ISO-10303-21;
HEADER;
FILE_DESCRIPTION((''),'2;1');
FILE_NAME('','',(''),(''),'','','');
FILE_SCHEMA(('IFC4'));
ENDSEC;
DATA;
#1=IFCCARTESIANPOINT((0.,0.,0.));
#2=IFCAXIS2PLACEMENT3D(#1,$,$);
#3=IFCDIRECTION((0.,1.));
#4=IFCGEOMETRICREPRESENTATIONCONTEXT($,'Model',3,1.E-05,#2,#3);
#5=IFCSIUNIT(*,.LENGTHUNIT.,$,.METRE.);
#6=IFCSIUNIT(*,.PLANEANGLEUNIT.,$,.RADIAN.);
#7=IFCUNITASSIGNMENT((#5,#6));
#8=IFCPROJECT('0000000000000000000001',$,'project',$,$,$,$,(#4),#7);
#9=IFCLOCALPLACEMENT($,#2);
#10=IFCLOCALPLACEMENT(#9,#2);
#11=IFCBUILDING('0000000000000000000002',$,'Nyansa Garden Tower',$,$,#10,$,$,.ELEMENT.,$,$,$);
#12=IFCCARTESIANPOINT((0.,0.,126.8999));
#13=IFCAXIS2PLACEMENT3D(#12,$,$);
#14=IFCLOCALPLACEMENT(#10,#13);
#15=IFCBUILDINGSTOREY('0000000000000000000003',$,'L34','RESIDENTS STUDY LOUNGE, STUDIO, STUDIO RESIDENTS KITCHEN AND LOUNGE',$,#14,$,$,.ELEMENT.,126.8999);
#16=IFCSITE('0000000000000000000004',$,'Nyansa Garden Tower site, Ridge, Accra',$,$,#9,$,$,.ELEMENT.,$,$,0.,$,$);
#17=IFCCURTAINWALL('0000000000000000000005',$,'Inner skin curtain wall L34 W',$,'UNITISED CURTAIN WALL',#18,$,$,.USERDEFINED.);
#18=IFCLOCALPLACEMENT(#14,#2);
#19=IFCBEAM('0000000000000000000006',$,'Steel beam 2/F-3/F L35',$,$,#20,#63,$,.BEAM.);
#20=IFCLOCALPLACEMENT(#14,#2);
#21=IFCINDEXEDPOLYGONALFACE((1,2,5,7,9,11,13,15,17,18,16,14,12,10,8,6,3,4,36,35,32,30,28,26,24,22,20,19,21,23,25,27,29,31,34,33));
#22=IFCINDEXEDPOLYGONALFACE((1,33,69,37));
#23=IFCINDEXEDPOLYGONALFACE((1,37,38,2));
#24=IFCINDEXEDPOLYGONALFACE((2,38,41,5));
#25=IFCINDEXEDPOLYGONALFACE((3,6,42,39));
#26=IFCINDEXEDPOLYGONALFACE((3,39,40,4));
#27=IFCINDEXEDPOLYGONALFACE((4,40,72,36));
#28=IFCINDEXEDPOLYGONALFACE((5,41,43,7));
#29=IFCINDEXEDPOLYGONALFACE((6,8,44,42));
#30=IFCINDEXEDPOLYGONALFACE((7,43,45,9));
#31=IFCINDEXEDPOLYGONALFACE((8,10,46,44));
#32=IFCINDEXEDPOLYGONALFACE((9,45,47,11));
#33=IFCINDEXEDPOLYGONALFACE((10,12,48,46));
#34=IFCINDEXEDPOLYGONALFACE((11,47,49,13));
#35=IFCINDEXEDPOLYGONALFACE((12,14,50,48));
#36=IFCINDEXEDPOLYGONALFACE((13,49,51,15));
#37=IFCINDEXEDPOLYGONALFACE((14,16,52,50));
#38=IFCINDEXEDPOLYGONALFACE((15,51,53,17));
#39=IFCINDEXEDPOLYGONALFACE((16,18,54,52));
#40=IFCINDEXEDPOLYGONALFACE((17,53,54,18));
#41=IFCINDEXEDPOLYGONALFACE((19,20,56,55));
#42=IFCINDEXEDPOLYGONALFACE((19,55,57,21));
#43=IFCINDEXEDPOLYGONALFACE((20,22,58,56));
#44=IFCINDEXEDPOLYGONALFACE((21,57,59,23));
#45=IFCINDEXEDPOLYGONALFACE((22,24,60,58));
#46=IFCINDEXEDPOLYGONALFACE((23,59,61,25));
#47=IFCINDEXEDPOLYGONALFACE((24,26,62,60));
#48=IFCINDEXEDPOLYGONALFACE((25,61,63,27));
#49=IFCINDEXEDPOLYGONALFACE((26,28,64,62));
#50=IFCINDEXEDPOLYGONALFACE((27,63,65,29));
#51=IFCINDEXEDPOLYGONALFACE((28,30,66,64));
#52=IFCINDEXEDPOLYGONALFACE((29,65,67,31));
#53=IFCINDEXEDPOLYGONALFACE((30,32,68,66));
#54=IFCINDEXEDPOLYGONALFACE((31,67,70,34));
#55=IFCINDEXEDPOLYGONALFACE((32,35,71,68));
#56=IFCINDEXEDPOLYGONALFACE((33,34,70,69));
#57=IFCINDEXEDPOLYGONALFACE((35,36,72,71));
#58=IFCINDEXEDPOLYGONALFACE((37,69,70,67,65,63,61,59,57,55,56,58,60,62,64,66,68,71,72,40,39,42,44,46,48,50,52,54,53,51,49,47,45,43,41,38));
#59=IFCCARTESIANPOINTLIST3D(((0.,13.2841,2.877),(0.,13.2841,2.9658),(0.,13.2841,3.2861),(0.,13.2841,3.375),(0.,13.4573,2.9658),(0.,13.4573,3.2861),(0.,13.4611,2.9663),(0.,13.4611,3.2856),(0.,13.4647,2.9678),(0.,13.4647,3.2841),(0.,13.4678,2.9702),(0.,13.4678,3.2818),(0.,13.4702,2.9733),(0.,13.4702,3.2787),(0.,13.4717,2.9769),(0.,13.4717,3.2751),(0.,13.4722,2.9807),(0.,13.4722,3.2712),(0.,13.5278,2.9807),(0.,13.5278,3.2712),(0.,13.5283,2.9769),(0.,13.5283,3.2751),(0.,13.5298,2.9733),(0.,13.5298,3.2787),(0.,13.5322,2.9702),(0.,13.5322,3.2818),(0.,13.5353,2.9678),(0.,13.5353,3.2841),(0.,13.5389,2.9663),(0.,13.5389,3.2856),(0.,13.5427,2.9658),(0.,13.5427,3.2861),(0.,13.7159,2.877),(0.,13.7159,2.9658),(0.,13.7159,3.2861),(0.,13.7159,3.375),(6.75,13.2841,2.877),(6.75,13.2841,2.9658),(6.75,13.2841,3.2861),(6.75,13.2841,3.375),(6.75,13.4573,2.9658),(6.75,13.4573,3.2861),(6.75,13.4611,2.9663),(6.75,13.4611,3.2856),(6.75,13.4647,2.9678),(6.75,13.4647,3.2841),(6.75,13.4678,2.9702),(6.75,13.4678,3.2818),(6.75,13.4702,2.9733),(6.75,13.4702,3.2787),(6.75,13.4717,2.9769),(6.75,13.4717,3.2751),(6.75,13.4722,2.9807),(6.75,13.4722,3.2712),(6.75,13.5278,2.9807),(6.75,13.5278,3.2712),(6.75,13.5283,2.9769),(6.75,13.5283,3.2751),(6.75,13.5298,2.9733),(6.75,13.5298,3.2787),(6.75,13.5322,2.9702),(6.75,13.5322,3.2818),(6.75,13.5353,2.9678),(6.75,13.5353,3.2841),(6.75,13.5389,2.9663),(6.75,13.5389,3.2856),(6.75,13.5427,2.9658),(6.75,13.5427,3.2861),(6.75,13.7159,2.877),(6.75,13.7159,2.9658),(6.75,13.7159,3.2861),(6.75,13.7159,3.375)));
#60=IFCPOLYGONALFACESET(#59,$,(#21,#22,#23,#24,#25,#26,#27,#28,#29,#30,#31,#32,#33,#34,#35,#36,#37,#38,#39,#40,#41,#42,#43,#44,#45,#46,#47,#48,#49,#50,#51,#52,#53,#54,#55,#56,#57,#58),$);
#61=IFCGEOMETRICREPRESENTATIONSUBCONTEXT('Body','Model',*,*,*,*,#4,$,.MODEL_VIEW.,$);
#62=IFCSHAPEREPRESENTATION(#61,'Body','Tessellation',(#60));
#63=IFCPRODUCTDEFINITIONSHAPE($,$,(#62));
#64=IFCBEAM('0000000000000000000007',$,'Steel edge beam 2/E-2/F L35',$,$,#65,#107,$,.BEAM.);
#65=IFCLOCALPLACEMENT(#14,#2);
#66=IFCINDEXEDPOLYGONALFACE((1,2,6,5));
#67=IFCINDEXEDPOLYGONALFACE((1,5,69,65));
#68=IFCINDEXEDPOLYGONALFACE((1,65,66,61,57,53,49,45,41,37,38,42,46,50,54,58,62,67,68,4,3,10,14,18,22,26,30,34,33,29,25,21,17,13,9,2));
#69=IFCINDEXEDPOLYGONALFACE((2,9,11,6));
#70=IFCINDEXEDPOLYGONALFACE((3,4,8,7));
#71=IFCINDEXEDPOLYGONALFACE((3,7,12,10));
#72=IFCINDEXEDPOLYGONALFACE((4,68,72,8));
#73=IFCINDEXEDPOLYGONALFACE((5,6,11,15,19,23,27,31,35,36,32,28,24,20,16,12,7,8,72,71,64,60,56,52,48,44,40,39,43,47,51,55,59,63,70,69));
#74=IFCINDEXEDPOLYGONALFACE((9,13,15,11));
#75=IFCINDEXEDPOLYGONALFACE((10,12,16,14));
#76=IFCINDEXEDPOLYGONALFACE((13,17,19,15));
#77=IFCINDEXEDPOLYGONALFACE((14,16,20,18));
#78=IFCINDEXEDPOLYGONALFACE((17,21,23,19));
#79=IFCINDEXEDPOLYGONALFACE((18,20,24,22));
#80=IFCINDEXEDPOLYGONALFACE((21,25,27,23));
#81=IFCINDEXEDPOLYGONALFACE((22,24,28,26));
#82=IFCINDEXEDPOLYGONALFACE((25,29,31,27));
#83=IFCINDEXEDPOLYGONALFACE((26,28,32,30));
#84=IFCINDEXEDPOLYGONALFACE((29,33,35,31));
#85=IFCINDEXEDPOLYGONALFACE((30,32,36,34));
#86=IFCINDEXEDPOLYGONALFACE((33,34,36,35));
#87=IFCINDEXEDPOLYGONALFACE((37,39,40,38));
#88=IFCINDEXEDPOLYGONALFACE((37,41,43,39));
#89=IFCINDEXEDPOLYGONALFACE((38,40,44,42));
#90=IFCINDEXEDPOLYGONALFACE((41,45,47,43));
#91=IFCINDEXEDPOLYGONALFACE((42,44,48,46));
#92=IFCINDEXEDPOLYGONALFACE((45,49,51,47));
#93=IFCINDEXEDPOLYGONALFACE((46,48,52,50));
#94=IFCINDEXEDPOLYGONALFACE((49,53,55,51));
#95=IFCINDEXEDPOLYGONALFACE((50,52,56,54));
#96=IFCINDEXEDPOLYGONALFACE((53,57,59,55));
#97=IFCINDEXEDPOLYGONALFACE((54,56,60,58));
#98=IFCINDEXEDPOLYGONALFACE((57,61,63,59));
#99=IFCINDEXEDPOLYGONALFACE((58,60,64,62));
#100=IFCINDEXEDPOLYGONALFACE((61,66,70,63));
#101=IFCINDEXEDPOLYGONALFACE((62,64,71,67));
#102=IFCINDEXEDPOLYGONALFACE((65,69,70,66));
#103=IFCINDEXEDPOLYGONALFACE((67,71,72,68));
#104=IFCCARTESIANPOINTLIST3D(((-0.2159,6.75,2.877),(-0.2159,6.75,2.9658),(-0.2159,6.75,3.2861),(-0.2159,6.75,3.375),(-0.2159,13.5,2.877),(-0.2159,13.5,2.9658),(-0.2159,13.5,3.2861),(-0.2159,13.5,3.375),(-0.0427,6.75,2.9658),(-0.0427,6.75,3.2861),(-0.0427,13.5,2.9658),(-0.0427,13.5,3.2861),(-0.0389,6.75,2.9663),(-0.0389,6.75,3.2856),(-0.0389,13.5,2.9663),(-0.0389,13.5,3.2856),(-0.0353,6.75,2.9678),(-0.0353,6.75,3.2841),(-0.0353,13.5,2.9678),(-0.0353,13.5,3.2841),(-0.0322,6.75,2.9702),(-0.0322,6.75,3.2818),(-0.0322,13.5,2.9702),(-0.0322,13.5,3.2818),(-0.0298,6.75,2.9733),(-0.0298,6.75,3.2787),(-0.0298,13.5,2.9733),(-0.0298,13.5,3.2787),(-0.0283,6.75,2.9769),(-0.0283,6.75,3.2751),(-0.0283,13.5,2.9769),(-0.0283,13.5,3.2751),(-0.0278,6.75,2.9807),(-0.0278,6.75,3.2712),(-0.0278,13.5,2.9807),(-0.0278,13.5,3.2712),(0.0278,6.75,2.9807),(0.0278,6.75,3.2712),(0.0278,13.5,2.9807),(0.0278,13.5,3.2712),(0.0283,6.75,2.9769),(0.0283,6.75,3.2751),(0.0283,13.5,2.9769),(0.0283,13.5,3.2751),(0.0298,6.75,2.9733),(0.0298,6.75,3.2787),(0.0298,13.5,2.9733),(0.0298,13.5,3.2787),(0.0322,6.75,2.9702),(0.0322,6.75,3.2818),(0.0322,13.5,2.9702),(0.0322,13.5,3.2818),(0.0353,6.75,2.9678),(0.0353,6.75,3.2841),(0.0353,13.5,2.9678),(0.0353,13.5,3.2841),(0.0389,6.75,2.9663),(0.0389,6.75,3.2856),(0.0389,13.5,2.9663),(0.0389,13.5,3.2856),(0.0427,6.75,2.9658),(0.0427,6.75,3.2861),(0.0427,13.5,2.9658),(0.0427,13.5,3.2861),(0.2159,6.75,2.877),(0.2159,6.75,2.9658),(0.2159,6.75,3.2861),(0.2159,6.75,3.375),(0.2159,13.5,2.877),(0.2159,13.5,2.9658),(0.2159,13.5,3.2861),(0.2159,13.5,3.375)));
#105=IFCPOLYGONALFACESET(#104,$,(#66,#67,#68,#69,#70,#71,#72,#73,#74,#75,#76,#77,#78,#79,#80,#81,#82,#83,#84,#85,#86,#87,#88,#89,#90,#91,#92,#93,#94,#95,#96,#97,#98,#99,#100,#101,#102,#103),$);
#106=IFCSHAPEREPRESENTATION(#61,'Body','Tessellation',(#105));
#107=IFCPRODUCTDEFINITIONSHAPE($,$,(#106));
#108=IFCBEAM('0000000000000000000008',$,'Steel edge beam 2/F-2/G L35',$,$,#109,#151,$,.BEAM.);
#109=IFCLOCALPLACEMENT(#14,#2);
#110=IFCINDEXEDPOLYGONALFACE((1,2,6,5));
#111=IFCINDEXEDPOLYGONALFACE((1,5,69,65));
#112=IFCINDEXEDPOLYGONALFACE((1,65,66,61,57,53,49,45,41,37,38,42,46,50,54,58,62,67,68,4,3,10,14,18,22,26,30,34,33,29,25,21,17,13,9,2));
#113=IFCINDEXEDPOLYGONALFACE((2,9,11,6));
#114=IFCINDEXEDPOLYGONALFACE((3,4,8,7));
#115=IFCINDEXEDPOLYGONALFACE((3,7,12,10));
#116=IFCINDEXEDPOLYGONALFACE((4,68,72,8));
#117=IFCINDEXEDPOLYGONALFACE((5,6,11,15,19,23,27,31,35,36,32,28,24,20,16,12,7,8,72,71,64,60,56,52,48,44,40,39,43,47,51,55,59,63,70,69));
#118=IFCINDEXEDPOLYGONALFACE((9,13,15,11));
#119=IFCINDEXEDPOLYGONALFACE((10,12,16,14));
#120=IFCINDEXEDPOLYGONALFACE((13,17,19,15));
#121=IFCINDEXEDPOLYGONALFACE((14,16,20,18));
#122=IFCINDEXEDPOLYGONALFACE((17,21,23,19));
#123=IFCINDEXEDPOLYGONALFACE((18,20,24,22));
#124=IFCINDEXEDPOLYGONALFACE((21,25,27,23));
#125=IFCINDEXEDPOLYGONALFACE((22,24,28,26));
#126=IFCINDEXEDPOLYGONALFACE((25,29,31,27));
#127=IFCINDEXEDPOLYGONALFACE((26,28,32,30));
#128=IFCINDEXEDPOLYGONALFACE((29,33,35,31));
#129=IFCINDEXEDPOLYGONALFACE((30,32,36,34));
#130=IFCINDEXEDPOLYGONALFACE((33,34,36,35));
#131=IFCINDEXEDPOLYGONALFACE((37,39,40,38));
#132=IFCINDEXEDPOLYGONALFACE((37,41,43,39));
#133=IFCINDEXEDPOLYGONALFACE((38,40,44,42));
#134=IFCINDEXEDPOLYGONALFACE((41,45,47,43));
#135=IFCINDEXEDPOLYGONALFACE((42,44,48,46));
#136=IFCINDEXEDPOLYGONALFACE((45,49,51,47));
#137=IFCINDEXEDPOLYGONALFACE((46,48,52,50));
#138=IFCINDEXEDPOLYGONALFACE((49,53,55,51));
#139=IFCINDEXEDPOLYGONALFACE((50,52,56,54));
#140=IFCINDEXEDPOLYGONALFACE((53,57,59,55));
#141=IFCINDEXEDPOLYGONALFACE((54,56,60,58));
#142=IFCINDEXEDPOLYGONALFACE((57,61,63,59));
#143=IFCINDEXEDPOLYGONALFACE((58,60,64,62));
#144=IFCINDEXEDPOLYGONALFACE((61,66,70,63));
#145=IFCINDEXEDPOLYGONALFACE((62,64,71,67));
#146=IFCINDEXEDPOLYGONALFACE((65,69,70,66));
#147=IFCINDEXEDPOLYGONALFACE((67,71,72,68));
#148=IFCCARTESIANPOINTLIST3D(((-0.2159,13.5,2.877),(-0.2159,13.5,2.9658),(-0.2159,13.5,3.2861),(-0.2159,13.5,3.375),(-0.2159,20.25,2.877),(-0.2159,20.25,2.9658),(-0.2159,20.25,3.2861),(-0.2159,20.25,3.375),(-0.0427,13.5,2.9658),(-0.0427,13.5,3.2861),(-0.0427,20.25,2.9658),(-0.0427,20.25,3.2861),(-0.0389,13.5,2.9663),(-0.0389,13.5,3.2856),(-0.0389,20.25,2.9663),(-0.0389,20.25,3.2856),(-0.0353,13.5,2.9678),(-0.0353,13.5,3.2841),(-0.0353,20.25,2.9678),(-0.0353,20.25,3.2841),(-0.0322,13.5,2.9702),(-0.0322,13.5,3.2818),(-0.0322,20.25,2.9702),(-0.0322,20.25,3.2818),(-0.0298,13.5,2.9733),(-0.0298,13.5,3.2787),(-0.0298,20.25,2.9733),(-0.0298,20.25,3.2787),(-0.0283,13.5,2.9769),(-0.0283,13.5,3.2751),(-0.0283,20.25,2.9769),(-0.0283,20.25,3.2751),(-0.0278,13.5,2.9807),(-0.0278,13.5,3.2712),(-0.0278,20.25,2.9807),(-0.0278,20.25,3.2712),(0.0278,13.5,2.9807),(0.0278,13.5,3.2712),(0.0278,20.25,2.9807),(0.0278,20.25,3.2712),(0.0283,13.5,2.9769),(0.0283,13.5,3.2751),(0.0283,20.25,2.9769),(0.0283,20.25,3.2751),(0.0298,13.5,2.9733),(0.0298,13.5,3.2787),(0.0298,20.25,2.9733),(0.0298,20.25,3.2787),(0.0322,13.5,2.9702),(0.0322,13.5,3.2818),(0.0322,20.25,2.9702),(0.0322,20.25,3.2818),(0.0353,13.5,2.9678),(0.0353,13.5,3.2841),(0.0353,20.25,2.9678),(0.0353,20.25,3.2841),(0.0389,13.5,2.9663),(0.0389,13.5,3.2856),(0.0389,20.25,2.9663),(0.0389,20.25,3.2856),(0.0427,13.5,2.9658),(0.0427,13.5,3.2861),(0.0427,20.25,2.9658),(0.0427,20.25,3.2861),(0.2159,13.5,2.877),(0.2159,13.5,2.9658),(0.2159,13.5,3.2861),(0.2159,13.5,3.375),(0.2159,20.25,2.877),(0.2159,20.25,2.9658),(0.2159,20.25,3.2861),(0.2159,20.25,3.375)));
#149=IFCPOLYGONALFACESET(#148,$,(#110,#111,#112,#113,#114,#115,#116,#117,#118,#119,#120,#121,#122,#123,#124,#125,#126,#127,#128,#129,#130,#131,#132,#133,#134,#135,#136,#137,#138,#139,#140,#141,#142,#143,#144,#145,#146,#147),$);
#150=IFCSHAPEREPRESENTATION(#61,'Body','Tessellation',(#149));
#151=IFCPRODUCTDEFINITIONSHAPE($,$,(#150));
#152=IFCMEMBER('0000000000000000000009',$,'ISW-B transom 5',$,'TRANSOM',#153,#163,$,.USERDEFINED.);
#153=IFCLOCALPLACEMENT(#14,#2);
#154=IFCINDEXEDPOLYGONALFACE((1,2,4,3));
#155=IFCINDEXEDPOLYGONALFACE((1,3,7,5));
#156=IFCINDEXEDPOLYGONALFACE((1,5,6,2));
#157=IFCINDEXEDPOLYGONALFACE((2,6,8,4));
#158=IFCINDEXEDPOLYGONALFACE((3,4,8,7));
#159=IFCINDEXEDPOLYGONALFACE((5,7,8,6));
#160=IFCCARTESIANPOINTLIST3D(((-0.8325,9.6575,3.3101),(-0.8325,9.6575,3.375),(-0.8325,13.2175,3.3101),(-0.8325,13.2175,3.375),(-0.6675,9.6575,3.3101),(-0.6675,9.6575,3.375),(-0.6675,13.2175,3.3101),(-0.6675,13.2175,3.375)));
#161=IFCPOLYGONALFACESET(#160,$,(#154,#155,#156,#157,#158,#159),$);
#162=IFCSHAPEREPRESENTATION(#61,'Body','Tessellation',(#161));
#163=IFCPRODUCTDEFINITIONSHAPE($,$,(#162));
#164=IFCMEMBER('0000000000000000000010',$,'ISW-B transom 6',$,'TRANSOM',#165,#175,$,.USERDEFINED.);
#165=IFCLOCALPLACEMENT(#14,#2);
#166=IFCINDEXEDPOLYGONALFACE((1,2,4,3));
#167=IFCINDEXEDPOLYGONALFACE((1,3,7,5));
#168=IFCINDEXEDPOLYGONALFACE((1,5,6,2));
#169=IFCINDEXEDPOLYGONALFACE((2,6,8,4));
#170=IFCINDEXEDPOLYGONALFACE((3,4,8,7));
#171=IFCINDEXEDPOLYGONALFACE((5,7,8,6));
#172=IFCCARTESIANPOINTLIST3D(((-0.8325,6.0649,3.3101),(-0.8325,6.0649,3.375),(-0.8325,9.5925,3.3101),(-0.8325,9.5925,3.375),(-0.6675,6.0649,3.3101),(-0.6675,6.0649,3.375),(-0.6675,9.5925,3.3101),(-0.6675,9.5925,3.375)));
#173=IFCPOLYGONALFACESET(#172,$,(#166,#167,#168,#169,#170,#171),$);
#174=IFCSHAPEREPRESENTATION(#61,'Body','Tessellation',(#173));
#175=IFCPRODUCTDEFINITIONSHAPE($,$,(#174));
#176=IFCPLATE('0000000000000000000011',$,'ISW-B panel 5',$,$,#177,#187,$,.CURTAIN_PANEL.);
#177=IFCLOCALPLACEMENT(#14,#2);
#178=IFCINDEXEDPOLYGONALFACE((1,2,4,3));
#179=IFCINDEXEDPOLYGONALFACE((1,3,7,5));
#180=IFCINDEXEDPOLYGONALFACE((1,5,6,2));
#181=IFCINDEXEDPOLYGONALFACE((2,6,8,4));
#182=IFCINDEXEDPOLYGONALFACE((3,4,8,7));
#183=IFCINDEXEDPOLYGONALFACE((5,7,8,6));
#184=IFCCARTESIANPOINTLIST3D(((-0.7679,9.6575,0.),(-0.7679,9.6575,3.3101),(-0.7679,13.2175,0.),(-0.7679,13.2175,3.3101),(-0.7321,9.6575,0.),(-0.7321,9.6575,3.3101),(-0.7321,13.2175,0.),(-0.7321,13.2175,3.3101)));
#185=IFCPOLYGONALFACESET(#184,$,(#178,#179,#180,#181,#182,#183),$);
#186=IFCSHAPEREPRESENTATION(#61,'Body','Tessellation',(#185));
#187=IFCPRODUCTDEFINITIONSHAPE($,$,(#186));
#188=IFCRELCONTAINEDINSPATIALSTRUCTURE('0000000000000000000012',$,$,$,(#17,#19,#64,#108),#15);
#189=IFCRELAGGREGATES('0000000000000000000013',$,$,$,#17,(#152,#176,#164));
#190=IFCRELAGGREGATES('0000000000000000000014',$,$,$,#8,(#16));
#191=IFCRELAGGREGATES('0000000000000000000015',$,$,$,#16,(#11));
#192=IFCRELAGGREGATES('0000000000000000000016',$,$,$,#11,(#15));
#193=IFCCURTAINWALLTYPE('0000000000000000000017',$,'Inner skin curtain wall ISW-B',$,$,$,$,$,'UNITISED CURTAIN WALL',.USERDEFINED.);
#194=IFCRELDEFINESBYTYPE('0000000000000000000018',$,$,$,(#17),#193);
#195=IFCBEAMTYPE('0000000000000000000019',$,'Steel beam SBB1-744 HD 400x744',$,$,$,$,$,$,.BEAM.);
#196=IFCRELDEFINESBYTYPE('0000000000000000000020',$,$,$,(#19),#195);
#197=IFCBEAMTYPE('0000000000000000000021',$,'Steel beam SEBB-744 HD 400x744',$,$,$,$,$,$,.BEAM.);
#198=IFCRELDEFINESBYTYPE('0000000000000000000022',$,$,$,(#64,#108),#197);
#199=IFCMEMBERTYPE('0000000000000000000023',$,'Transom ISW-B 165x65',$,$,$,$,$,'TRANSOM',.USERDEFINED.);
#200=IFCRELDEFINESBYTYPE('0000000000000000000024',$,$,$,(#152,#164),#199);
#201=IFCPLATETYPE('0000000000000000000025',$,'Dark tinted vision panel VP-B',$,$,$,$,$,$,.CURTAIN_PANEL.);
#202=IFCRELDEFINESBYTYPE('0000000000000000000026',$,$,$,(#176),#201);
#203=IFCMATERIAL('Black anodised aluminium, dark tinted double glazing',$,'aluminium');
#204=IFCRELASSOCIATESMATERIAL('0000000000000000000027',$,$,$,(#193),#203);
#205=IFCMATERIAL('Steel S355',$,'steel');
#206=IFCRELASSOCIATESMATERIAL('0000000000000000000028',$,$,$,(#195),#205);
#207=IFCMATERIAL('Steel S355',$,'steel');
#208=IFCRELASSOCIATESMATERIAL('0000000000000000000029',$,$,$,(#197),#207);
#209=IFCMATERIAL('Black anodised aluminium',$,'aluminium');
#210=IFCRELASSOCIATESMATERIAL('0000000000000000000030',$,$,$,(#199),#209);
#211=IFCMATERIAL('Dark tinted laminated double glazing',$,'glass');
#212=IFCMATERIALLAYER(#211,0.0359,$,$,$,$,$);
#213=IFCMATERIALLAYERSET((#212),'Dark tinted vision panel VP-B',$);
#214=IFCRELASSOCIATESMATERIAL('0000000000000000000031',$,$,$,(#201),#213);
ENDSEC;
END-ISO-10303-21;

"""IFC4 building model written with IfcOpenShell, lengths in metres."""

from ifc_helpers import new_model, si_unit, direction, frame, origin, origin_2d, place, context, subcontext, project, spatial, rectangle, i_section, extrude, material, layer, layer_set, material_profile, profile_set, type_object, element, aggregate, save


model = new_model("IFC4")

# Units and contexts
model_context = context("Model", 3, precision=1e-05, world=origin(), true_north=direction((0.0, 1.0)))
body_context = subcontext(model_context, "Body", "Model", "MODEL_VIEW")
ifc_project = project(units=[si_unit("LENGTHUNIT", "METRE"), si_unit("PLANEANGLEUNIT", "RADIAN")], contexts=[model_context])

# Site, building, storey
site_placement = place(None, origin())
site = spatial("IfcSite", under=ifc_project, at=site_placement, Name="Nyansa Garden Tower site, Ridge, Accra", CompositionType="ELEMENT", RefElevation=0.0)
building_placement = place(site_placement, origin())
building = spatial("IfcBuilding", under=site, at=building_placement, Name="Nyansa Garden Tower", CompositionType="ELEMENT")
storey_placement = place(building_placement, frame((0.0, 0.0, 126.8999)))
storey = spatial("IfcBuildingStorey", under=building, at=storey_placement, Name="L34", Description="RESIDENTS STUDY LOUNGE, STUDIO, STUDIO RESIDENTS KITCHEN AND LOUNGE", CompositionType="ELEMENT", Elevation=126.8999)

# Curtain wall
ifc_material_1 = material(Name="Black anodised aluminium, dark tinted double glazing", Category="aluminium")
curtain_wall_type = type_object("IfcCurtainWallType", Name="Inner skin curtain wall ISW-B", ElementType="UNITISED CURTAIN WALL", PredefinedType="USERDEFINED", material=ifc_material_1)
curtain_wall_placement = place(storey_placement, origin())
curtain_wall = element("IfcCurtainWall", 1, at=curtain_wall_placement, inside=storey, type_object=curtain_wall_type, Name="Inner skin curtain wall L34 W", ObjectType="UNITISED CURTAIN WALL", PredefinedType="USERDEFINED")

# Beams
ifc_material_2 = material(Name="Steel S355", Category="steel")
ifc_material_profile_1 = material_profile(ifc_material_2, i_section(OverallWidth=0.4319, OverallDepth=0.498, WebThickness=0.0557, FlangeThickness=0.0889, FilletRadius=0.0149, at=origin_2d()), Name="HD 400x744")
ifc_profile_set_1 = profile_set([ifc_material_profile_1], Name="Steel S355")
beam_type_1 = type_object("IfcBeamType", Name="Steel beam SBB1-744 HD 400x744", PredefinedType="BEAM", material=ifc_profile_set_1)
for number, where, z_axis, x_axis, name in (
    (2, (0.0, 13.5, 3.126), (1.0, 0.0, 0.0), (0.0, 1.0, 0.0), "Steel beam 2/F-3/F L35"),
):
    element("IfcBeam", number, at=place(storey_placement, frame(where, z_axis=z_axis, x_axis=x_axis)), inside=storey, type_object=beam_type_1, Name=name, PredefinedType="BEAM", context=body_context, shape_type="SweptSolid", body=[
        extrude(i_section(OverallWidth=0.4319, OverallDepth=0.498, WebThickness=0.0557, FlangeThickness=0.0889, FilletRadius=0.0149, at=origin_2d()), origin(), (0.0, 0.0, 1.0), 6.75),
    ])
ifc_material_3 = material(Name="Steel S355", Category="steel")
ifc_material_profile_2 = material_profile(ifc_material_3, i_section(OverallWidth=0.4319, OverallDepth=0.498, WebThickness=0.0557, FlangeThickness=0.0889, FilletRadius=0.0149, at=origin_2d()), Name="HD 400x744")
ifc_profile_set_2 = profile_set([ifc_material_profile_2], Name="Steel S355")
beam_type_2 = type_object("IfcBeamType", Name="Steel beam SEBB-744 HD 400x744", PredefinedType="BEAM", material=ifc_profile_set_2)
for number, where, z_axis, x_axis, name in (
    (3, (0.0, 6.75, 3.126), (0.0, 1.0, 0.0), (-1.0, 0.0, 0.0), "Steel edge beam 2/E-2/F L35"),
    (4, (0.0, 13.5, 3.126), (0.0, 1.0, 0.0), (-1.0, 0.0, 0.0), "Steel edge beam 2/F-2/G L35"),
):
    element("IfcBeam", number, at=place(storey_placement, frame(where, z_axis=z_axis, x_axis=x_axis)), inside=storey, type_object=beam_type_2, Name=name, PredefinedType="BEAM", context=body_context, shape_type="SweptSolid", body=[
        extrude(i_section(OverallWidth=0.4319, OverallDepth=0.498, WebThickness=0.0557, FlangeThickness=0.0889, FilletRadius=0.0149, at=origin_2d()), origin(), (0.0, 0.0, 1.0), 6.75),
    ])

# Members
ifc_material_4 = material(Name="Black anodised aluminium", Category="aluminium")
ifc_material_profile_3 = material_profile(ifc_material_4, rectangle(XDim=0.165, YDim=0.0649, at=origin_2d()), Name="Transom 165x65")
ifc_profile_set_3 = profile_set([ifc_material_profile_3], Name="Black anodised aluminium")
member_type_1 = type_object("IfcMemberType", Name="Transom ISW-B 165x65", ElementType="TRANSOM", PredefinedType="USERDEFINED", material=ifc_profile_set_3)
member_1_placement = place(storey_placement, frame((-0.75, 13.2175, 3.3425), z_axis=(0.0, -1.0, 0.0), x_axis=(1.0, 0.0, 0.0)))
member_1 = element("IfcMember", 5, at=member_1_placement, type_object=member_type_1, Name="ISW-B transom 5", ObjectType="TRANSOM", PredefinedType="USERDEFINED", context=body_context, shape_type="SweptSolid", body=[
    extrude(rectangle(XDim=0.165, YDim=0.0649, at=origin_2d()), origin(), (0.0, 0.0, 1.0), 3.5601),
])
member_2_placement = place(storey_placement, frame((-0.75, 9.5925, 3.3425), z_axis=(0.0, -1.0, 0.0), x_axis=(1.0, 0.0, 0.0)))
member_2 = element("IfcMember", 6, at=member_2_placement, type_object=member_type_1, Name="ISW-B transom 6", ObjectType="TRANSOM", PredefinedType="USERDEFINED", context=body_context, shape_type="SweptSolid", body=[
    extrude(rectangle(XDim=0.165, YDim=0.0649, at=origin_2d()), origin(), (0.0, 0.0, 1.0), 3.5276),
])

# Plate
ifc_material_5 = material(Name="Dark tinted laminated double glazing", Category="glass")
ifc_layer_1 = layer(ifc_material_5, 0.0359)
ifc_layer_set_1 = layer_set([ifc_layer_1], Name="Dark tinted vision panel VP-B")
plate_type = type_object("IfcPlateType", Name="Dark tinted vision panel VP-B", PredefinedType="CURTAIN_PANEL", material=ifc_layer_set_1)
plate_1_placement = place(storey_placement, frame((-0.75, 11.4375, 0.0), z_axis=(0.0, 0.0, 1.0), x_axis=(0.0, -1.0, 0.0)))
plate_1 = element("IfcPlate", 7, at=plate_1_placement, type_object=plate_type, Name="ISW-B panel 5", PredefinedType="CURTAIN_PANEL", context=body_context, shape_type="SweptSolid", body=[
    extrude(rectangle(XDim=3.5601, YDim=0.0359, at=origin_2d()), origin(), (0.0, 0.0, 1.0), 3.3101),
])
aggregate(curtain_wall, [member_1, plate_1, member_2])

save(model, "model.ifc")
